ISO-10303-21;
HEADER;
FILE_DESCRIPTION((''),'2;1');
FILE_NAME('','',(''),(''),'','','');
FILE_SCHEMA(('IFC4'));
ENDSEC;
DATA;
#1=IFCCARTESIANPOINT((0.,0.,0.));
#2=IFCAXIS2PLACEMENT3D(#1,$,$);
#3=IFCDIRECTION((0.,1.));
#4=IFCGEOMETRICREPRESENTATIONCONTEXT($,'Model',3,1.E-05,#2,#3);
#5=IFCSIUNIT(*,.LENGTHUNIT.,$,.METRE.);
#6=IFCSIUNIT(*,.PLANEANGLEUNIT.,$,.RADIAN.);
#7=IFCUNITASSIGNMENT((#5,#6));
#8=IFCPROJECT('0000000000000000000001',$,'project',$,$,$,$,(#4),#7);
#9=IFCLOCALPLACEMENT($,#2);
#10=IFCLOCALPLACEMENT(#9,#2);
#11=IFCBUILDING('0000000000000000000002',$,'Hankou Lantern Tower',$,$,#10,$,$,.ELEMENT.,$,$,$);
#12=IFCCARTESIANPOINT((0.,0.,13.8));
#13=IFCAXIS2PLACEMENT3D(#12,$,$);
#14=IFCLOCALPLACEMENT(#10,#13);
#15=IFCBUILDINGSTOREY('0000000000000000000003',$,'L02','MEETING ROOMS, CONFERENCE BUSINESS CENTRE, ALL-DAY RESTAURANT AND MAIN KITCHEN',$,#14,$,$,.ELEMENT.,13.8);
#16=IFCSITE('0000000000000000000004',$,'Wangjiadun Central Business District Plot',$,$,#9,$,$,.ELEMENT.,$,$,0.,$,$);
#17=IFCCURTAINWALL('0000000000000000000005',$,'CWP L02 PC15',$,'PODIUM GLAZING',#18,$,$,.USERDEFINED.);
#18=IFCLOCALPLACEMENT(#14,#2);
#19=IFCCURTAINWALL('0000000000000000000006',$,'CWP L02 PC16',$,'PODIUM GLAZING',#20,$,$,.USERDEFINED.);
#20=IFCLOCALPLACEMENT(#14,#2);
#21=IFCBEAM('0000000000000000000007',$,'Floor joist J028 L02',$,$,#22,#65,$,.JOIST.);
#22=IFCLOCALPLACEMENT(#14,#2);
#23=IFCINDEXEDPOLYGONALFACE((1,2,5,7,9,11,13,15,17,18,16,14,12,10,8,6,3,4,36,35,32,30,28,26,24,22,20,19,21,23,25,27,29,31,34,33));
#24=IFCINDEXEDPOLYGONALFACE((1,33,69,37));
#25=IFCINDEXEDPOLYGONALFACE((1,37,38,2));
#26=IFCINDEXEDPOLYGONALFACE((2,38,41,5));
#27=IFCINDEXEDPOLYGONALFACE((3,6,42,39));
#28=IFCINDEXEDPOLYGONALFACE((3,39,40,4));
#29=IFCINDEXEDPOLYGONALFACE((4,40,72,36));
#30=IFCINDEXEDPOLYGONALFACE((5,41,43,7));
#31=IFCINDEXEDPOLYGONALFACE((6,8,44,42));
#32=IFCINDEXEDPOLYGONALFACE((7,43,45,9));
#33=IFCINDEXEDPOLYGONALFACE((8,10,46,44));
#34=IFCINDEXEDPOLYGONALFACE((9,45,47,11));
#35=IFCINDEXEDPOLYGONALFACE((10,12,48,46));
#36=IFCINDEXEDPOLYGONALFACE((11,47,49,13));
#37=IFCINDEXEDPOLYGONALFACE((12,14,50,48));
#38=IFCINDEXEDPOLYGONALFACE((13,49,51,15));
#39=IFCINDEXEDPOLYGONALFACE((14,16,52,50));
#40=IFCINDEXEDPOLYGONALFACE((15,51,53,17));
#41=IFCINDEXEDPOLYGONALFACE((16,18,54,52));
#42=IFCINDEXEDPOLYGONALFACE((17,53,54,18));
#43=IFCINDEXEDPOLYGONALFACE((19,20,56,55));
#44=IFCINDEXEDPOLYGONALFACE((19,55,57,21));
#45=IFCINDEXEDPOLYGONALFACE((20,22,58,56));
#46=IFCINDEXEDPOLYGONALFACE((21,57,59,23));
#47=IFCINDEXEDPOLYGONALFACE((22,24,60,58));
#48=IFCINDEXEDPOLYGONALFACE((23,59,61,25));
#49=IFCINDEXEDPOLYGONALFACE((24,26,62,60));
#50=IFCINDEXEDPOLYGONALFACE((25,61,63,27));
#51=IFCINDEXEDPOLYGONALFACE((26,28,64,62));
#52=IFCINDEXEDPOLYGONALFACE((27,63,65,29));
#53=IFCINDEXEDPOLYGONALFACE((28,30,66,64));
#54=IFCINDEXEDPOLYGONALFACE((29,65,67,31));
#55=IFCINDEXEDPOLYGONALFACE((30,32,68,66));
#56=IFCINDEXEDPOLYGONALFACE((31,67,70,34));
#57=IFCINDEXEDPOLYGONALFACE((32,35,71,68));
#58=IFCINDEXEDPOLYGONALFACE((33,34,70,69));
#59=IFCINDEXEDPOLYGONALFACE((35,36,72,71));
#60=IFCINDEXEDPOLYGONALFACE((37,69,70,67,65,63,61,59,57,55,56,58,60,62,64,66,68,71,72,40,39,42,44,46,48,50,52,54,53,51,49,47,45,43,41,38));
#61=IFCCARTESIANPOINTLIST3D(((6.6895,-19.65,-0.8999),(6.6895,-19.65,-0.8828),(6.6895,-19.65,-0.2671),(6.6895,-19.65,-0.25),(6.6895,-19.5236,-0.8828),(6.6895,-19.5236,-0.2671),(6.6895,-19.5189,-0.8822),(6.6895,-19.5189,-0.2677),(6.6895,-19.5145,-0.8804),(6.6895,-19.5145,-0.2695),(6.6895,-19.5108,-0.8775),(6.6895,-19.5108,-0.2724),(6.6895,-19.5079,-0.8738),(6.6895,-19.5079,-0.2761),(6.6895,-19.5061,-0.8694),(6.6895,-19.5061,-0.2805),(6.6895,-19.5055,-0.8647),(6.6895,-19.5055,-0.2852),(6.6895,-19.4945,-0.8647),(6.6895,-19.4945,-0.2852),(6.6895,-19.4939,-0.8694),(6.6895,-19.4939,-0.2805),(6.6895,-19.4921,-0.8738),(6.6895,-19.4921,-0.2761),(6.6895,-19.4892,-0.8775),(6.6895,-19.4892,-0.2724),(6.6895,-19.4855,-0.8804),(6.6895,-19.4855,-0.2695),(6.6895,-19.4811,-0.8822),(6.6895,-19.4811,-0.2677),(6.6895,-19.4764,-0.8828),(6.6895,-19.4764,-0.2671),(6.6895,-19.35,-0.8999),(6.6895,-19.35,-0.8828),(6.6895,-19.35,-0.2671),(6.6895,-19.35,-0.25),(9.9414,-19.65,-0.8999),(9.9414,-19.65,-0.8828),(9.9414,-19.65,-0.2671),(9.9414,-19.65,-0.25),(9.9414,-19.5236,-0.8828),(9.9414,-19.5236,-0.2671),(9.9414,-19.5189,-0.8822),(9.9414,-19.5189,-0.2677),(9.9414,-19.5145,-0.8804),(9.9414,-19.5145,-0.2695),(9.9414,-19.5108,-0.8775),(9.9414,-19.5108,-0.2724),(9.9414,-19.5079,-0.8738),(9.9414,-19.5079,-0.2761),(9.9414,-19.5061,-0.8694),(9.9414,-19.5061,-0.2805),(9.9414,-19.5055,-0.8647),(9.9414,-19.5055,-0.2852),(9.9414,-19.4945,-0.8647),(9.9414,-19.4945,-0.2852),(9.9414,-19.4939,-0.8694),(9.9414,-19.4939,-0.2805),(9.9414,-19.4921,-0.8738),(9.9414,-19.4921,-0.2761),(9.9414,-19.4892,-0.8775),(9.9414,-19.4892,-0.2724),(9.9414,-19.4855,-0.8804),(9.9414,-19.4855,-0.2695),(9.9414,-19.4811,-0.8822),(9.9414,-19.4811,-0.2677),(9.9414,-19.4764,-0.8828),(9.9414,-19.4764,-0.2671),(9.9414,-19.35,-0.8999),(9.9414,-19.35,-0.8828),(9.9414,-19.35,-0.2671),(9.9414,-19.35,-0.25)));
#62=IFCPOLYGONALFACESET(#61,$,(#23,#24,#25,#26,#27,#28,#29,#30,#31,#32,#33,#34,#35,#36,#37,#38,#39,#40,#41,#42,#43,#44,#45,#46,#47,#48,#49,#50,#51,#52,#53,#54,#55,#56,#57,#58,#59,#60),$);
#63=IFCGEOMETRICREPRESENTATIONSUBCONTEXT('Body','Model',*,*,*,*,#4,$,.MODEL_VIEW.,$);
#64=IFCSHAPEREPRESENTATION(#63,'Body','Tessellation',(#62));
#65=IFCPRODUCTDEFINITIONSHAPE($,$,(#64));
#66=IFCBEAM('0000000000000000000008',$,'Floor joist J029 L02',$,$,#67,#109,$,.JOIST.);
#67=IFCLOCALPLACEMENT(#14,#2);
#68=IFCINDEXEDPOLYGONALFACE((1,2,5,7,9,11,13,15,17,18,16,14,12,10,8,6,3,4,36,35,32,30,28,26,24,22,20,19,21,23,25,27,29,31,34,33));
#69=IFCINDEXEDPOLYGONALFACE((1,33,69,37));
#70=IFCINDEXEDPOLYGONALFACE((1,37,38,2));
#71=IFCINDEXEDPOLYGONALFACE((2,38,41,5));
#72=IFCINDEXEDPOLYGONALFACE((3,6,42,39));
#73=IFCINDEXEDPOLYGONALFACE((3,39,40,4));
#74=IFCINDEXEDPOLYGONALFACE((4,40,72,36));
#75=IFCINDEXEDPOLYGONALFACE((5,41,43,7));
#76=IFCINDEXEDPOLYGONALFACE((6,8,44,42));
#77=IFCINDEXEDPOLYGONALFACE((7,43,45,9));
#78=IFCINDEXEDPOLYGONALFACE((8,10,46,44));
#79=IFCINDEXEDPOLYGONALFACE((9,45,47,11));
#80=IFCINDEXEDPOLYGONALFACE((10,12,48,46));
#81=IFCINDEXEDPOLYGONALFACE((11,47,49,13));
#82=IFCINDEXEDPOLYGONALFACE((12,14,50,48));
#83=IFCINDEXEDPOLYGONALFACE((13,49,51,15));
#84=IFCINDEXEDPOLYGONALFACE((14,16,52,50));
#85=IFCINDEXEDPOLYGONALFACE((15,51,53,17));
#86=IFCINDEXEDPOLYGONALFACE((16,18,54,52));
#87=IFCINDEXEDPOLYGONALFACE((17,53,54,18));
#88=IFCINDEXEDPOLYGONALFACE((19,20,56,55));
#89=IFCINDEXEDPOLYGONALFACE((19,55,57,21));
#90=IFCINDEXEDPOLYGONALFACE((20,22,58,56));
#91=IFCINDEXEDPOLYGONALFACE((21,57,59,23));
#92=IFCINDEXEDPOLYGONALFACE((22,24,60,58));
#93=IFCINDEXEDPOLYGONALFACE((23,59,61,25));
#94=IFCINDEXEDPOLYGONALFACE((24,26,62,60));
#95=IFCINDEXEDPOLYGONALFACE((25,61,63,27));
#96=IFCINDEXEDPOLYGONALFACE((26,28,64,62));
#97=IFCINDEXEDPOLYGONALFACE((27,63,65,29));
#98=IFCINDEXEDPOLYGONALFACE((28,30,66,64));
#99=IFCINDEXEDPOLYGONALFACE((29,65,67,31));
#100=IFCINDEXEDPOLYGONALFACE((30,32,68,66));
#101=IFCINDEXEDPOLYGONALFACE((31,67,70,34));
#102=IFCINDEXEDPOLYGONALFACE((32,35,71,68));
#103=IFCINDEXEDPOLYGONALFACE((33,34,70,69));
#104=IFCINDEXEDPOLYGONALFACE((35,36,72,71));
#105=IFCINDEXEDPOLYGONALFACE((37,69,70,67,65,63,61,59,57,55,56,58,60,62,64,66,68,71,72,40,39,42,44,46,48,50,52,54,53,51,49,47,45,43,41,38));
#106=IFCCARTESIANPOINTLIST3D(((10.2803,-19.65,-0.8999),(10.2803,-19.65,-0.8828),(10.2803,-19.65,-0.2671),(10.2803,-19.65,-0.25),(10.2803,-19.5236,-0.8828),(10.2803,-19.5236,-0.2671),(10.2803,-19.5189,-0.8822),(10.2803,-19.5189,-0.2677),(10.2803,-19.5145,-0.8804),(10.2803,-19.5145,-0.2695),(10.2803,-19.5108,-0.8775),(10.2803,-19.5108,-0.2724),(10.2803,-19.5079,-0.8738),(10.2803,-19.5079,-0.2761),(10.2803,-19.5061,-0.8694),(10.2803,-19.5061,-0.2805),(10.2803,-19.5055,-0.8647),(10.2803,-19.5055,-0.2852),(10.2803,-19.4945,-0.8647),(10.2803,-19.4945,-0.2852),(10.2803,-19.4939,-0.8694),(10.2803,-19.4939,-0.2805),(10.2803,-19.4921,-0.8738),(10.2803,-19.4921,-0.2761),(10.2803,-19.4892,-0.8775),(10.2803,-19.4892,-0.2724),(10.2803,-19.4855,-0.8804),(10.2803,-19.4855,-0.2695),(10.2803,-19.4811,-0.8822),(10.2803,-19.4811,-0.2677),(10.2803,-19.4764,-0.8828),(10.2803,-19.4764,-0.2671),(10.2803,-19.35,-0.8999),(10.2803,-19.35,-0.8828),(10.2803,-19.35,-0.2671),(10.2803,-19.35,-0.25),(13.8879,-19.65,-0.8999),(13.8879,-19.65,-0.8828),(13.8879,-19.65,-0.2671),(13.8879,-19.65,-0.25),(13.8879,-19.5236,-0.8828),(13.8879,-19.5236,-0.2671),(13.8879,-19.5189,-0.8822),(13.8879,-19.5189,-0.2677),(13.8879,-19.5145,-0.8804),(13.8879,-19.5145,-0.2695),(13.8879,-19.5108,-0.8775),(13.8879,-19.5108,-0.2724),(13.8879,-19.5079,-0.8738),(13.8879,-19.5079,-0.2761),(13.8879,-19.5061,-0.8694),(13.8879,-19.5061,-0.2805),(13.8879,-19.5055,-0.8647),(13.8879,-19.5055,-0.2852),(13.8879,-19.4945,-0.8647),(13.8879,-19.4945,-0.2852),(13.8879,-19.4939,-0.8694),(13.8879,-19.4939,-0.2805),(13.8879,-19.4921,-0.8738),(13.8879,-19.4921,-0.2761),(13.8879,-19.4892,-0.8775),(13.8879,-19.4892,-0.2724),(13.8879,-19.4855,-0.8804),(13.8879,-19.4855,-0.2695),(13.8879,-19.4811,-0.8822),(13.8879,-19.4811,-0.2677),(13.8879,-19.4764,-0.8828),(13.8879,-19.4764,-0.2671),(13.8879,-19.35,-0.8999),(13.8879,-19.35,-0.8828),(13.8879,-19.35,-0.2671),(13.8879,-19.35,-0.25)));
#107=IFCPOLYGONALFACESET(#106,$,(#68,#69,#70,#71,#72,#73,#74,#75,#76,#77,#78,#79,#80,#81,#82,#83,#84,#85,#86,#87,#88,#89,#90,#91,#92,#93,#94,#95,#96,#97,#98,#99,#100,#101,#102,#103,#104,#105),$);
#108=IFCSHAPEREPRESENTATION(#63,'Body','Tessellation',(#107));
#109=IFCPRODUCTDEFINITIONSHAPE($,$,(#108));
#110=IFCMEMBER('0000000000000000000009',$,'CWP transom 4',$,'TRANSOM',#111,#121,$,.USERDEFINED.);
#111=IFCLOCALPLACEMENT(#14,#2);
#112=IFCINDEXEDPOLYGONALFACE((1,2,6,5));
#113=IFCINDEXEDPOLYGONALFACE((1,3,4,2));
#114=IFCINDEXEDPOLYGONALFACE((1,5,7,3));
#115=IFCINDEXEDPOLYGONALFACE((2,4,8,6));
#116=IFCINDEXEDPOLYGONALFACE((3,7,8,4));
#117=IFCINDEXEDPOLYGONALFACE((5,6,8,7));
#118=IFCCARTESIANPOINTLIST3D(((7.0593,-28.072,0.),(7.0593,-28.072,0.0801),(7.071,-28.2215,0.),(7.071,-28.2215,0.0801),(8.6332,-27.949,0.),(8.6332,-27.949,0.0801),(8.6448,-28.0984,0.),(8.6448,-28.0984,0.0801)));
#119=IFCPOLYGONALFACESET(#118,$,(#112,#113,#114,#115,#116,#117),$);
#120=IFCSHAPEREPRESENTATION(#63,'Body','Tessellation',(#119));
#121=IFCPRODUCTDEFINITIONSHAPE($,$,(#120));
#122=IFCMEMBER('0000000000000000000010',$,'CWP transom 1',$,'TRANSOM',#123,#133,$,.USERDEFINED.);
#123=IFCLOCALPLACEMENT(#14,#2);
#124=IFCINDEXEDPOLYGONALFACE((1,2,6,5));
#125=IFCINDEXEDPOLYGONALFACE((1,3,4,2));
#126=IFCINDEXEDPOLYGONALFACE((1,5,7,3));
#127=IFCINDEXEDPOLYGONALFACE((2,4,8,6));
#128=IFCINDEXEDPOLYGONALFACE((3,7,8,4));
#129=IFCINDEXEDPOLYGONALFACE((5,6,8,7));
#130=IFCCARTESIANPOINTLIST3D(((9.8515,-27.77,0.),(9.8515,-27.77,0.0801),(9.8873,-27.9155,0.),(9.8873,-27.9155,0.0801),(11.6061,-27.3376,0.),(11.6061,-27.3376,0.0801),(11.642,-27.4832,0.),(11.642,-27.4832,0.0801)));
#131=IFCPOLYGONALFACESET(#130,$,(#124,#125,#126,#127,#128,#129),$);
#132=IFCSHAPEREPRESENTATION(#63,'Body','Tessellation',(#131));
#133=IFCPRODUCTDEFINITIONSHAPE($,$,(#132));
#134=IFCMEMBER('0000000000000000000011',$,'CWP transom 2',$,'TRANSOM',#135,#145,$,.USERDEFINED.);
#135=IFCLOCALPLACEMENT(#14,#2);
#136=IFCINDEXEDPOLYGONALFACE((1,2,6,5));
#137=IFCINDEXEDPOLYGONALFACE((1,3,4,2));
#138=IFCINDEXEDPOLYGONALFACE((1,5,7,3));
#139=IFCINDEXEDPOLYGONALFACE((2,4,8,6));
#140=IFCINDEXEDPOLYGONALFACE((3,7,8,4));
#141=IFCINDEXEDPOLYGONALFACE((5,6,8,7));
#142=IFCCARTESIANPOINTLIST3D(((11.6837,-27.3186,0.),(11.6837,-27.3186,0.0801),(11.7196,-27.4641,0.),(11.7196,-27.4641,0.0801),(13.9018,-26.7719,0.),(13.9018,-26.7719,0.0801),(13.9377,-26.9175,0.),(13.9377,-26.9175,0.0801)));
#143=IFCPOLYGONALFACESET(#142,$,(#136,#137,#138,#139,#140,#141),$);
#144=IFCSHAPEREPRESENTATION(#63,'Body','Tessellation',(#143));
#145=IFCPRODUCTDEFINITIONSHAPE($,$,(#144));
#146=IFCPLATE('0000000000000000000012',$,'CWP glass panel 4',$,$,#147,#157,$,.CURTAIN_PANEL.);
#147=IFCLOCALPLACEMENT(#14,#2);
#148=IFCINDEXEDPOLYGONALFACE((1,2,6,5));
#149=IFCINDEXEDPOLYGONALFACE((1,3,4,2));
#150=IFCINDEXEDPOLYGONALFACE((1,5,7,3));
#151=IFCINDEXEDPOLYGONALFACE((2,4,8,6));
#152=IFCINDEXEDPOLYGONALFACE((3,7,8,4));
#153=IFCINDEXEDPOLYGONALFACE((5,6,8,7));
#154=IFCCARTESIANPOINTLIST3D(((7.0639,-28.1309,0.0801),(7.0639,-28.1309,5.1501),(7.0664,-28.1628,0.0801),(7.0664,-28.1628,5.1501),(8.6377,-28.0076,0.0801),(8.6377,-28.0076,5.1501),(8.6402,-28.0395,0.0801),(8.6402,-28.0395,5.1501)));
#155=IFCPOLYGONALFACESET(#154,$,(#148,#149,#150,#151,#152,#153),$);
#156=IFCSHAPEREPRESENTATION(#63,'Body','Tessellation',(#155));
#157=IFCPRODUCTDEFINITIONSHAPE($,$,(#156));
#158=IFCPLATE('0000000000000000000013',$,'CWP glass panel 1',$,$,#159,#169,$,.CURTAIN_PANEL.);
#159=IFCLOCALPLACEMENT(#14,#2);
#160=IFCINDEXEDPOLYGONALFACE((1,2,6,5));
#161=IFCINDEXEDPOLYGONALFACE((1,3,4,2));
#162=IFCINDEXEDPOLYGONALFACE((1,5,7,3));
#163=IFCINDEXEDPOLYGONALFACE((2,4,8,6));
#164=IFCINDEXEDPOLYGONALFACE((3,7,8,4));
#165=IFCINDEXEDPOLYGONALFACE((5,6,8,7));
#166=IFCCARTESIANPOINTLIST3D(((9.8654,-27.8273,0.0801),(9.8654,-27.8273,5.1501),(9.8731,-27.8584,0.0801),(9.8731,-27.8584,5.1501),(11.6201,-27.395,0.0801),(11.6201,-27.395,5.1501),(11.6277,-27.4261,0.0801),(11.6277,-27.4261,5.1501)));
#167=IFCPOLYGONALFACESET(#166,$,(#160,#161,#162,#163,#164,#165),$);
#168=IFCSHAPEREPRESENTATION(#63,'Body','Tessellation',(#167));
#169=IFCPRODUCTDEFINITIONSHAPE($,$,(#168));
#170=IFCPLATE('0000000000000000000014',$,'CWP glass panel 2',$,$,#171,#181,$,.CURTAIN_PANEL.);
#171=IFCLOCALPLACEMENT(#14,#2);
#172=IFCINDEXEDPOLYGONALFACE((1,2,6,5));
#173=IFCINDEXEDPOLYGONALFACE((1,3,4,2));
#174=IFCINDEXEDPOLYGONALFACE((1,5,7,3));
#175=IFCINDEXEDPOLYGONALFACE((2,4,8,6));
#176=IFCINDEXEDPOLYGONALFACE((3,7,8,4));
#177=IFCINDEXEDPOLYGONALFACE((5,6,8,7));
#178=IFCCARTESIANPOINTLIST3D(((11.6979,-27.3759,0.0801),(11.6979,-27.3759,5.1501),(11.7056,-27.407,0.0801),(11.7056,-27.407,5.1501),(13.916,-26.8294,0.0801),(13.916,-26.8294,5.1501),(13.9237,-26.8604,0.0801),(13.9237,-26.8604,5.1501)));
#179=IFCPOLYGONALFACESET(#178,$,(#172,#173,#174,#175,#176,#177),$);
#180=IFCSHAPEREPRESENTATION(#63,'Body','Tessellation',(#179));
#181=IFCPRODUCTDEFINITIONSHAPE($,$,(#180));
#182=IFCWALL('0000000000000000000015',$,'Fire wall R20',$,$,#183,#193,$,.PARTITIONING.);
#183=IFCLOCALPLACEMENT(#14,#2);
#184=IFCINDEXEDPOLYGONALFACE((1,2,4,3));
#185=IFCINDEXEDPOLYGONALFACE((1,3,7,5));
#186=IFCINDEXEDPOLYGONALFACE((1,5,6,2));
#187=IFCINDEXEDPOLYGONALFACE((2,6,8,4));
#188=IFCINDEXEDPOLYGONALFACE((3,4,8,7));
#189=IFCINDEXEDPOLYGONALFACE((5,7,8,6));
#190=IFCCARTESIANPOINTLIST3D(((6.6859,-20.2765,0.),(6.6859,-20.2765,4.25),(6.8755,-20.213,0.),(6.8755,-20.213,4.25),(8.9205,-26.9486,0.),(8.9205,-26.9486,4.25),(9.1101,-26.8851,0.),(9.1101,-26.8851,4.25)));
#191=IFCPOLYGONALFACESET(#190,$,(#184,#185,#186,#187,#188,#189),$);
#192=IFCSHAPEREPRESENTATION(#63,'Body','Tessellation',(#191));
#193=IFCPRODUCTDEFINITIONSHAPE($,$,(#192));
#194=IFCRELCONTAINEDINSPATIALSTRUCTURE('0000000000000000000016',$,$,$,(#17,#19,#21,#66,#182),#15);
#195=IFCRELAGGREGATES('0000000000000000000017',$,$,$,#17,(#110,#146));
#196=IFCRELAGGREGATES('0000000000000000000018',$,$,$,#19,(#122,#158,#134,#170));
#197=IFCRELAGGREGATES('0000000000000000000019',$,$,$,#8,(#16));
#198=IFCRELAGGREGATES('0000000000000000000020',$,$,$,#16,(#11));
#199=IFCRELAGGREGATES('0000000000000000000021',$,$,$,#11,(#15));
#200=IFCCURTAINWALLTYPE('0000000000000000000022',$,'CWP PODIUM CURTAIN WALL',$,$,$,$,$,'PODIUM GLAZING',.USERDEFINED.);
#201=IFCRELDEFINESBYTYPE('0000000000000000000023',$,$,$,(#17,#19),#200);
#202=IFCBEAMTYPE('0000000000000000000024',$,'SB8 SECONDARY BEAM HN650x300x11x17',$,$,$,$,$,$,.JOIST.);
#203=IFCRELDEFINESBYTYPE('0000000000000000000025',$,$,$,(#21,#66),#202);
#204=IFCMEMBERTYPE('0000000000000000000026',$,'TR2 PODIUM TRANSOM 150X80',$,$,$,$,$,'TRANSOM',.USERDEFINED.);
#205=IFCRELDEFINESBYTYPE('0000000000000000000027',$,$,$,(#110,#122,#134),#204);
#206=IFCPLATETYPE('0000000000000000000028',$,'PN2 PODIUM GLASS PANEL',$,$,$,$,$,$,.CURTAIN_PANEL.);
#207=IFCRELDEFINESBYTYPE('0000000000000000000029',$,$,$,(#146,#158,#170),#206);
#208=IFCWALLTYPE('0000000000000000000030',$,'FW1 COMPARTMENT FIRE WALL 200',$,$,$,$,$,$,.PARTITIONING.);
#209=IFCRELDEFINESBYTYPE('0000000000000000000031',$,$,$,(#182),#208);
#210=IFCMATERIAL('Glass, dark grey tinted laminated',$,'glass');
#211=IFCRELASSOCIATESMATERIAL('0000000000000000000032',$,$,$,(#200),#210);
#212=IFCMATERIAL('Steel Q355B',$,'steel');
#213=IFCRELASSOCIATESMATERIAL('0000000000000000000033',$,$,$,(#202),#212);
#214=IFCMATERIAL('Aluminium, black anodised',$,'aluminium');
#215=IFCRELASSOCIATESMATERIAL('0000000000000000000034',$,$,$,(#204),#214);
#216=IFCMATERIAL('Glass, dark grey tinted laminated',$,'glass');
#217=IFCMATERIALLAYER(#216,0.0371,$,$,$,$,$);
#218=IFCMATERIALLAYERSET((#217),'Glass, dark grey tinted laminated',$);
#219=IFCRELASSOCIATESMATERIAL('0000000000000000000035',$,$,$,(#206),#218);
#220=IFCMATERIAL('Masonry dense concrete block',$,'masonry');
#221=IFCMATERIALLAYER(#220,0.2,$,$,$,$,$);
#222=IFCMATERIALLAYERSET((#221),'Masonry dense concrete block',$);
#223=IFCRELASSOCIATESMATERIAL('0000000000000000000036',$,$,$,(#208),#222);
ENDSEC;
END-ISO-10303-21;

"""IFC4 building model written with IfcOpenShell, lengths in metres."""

from ifc_helpers import new_model, si_unit, direction, frame, frame_2d, origin, origin_2d, place, context, subcontext, project, spatial, rectangle, i_section, extrude, material, layer, layer_set, material_profile, profile_set, type_object, element, aggregate, save


model = new_model("IFC4")

# Units and contexts
model_context = context("Model", 3, precision=1e-05, world=origin(), true_north=direction((0.0, 1.0)))
body_context = subcontext(model_context, "Body", "Model", "MODEL_VIEW")
ifc_project = project(units=[si_unit("LENGTHUNIT", "METRE"), si_unit("PLANEANGLEUNIT", "RADIAN")], contexts=[model_context])

# Site, building, storey
site_placement = place(None, origin())
site = spatial("IfcSite", under=ifc_project, at=site_placement, Name="Wangjiadun Central Business District Plot", CompositionType="ELEMENT", RefElevation=0.0)
building_placement = place(site_placement, origin())
building = spatial("IfcBuilding", under=site, at=building_placement, Name="Hankou Lantern Tower", CompositionType="ELEMENT")
storey_placement = place(building_placement, frame((0.0, 0.0, 13.8)))
storey = spatial("IfcBuildingStorey", under=building, at=storey_placement, Name="L02", Description="MEETING ROOMS, CONFERENCE BUSINESS CENTRE, ALL-DAY RESTAURANT AND MAIN KITCHEN", CompositionType="ELEMENT", Elevation=13.8)

# Curtain walls
ifc_material_1 = material(Name="Glass, dark grey tinted laminated", Category="glass")
curtain_wall_type = type_object("IfcCurtainWallType", Name="CWP PODIUM CURTAIN WALL", ElementType="PODIUM GLAZING", PredefinedType="USERDEFINED", material=ifc_material_1)
curtain_wall_1_placement = place(storey_placement, origin())
curtain_wall_1 = element("IfcCurtainWall", 1, at=curtain_wall_1_placement, inside=storey, type_object=curtain_wall_type, Name="CWP L02 PC15", ObjectType="PODIUM GLAZING", PredefinedType="USERDEFINED")
curtain_wall_2_placement = place(storey_placement, origin())
curtain_wall_2 = element("IfcCurtainWall", 2, at=curtain_wall_2_placement, inside=storey, type_object=curtain_wall_type, Name="CWP L02 PC16", ObjectType="PODIUM GLAZING", PredefinedType="USERDEFINED")

# Beams
ifc_material_2 = material(Name="Steel Q355B", Category="steel")
ifc_material_profile_1 = material_profile(ifc_material_2, i_section(OverallWidth=0.3, OverallDepth=0.6499, WebThickness=0.011, FlangeThickness=0.0171, FilletRadius=0.0181, at=origin_2d()), Name="HN650x300x11x17")
ifc_profile_set_1 = profile_set([ifc_material_profile_1], Name="Steel Q355B")
beam_type_1 = type_object("IfcBeamType", Name="SB8 SECONDARY BEAM HN650x300x11x17", PredefinedType="JOIST", material=ifc_profile_set_1)
beam_1_placement = place(storey_placement, frame((6.6895, -19.5, -0.575), z_axis=(1.0, 0.0, 0.0), x_axis=(0.0, 1.0, 0.0)))
element("IfcBeam", 3, at=beam_1_placement, inside=storey, type_object=beam_type_1, Name="Floor joist J028 L02", PredefinedType="JOIST", context=body_context, shape_type="SweptSolid", body=[
    extrude(i_section(OverallWidth=0.3, OverallDepth=0.6499, WebThickness=0.011, FlangeThickness=0.0171, FilletRadius=0.0181, at=origin_2d()), origin(), (0.0, 0.0, 1.0), 3.252),
])
beam_2_placement = place(storey_placement, frame((10.2803, -19.5, -0.575), z_axis=(1.0, 0.0, 0.0), x_axis=(0.0, 1.0, 0.0)))
element("IfcBeam", 4, at=beam_2_placement, inside=storey, type_object=beam_type_1, Name="Floor joist J029 L02", PredefinedType="JOIST", context=body_context, shape_type="SweptSolid", body=[
    extrude(i_section(OverallWidth=0.3, OverallDepth=0.6499, WebThickness=0.011, FlangeThickness=0.0171, FilletRadius=0.0181, at=origin_2d()), origin(), (0.0, 0.0, 1.0), 3.6077),
])

# Members
ifc_material_3 = material(Name="Aluminium, black anodised", Category="aluminium")
ifc_material_profile_2 = material_profile(ifc_material_3, rectangle(XDim=0.1499, YDim=0.0801, at=origin_2d()), Name="TR2 150X80")
ifc_profile_set_2 = profile_set([ifc_material_profile_2], Name="Aluminium, black anodised")
member_type_1 = type_object("IfcMemberType", Name="TR2 PODIUM TRANSOM 150X80", ElementType="TRANSOM", PredefinedType="USERDEFINED", material=ifc_profile_set_2)
member_1_placement = place(storey_placement, frame((7.0652, -28.1467, 0.04), z_axis=(0.996957, 0.07795, 0.0), x_axis=(-0.07795, 0.996957, 0.0)))
member_1 = element("IfcMember", 5, at=member_1_placement, type_object=member_type_1, Name="CWP transom 4", ObjectType="TRANSOM", PredefinedType="USERDEFINED", context=body_context, shape_type="SweptSolid", body=[
    extrude(rectangle(XDim=0.1499, YDim=0.0801, at=origin_2d()), origin(), (0.0, 0.0, 1.0), 1.5786),
])
member_2_placement = place(storey_placement, frame((9.8694, -27.8428, 0.04), z_axis=(0.970956, 0.23926, 0.0), x_axis=(-0.23926, 0.970956, 0.0)))
member_2 = element("IfcMember", 6, at=member_2_placement, type_object=member_type_1, Name="CWP transom 1", ObjectType="TRANSOM", PredefinedType="USERDEFINED", context=body_context, shape_type="SweptSolid", body=[
    extrude(rectangle(XDim=0.1499, YDim=0.0801, at=origin_2d()), origin(), (0.0, 0.0, 1.0), 1.8071),
])
member_3_placement = place(storey_placement, frame((11.7017, -27.3914, 0.04), z_axis=(0.970948, 0.23929, 0.0), x_axis=(-0.23929, 0.970948, 0.0)))
member_3 = element("IfcMember", 7, at=member_3_placement, type_object=member_type_1, Name="CWP transom 2", ObjectType="TRANSOM", PredefinedType="USERDEFINED", context=body_context, shape_type="SweptSolid", body=[
    extrude(rectangle(XDim=0.1499, YDim=0.0801, at=origin_2d()), origin(), (0.0, 0.0, 1.0), 2.2844),
])

# Plates
ifc_material_4 = material(Name="Glass, dark grey tinted laminated", Category="glass")
ifc_layer_1 = layer(ifc_material_4, 0.0371)
ifc_layer_set_1 = layer_set([ifc_layer_1], Name="Glass, dark grey tinted laminated")
plate_type = type_object("IfcPlateType", Name="PN2 PODIUM GLASS PANEL", PredefinedType="CURTAIN_PANEL", material=ifc_layer_set_1)
plate_1_placement = place(storey_placement, frame((7.8521, -28.0852, 0.0801), z_axis=(0.0, 0.0, 1.0), x_axis=(0.996949, 0.078062, 0.0)))
plate_1 = element("IfcPlate", 8, at=plate_1_placement, type_object=plate_type, Name="CWP glass panel 4", PredefinedType="CURTAIN_PANEL", context=body_context, shape_type="SweptSolid", body=[
    extrude(rectangle(XDim=1.5786, YDim=0.032, at=origin_2d()), origin(), (0.0, 0.0, 1.0), 5.0701),
])
aggregate(curtain_wall_1, [member_1, plate_1])
plate_2_placement = place(storey_placement, frame((10.7466, -27.6267, 0.0801), z_axis=(0.0, 0.0, 1.0), x_axis=(0.970961, 0.239238, 0.0)))
plate_2 = element("IfcPlate", 9, at=plate_2_placement, type_object=plate_type, Name="CWP glass panel 1", PredefinedType="CURTAIN_PANEL", context=body_context, shape_type="SweptSolid", body=[
    extrude(rectangle(XDim=1.8071, YDim=0.032, at=origin_2d()), origin(), (0.0, 0.0, 1.0), 5.0701),
])
plate_3_placement = place(storey_placement, frame((12.8108, -27.1182, 0.0801), z_axis=(0.0, 0.0, 1.0), x_axis=(0.970961, 0.239238, 0.0)))
plate_3 = element("IfcPlate", 10, at=plate_3_placement, type_object=plate_type, Name="CWP glass panel 2", PredefinedType="CURTAIN_PANEL", context=body_context, shape_type="SweptSolid", body=[
    extrude(rectangle(XDim=2.2844, YDim=0.032, at=origin_2d()), origin(), (0.0, 0.0, 1.0), 5.0701),
])
aggregate(curtain_wall_2, [member_2, plate_2, member_3, plate_3])

# Wall
ifc_material_5 = material(Name="Masonry dense concrete block", Category="masonry")
ifc_layer_2 = layer(ifc_material_5, 0.2)
ifc_layer_set_2 = layer_set([ifc_layer_2], Name="Masonry dense concrete block")
wall_type = type_object("IfcWallType", Name="FW1 COMPARTMENT FIRE WALL 200", PredefinedType="PARTITIONING", material=ifc_layer_set_2)
wall_placement = place(storey_placement, frame((6.7808, -20.2449, 0.0), z_axis=(0.0, 0.0, 1.0), x_axis=(0.317581, -0.948231, 0.0)))
element("IfcWall", 11, at=wall_placement, inside=storey, type_object=wall_type, Name="Fire wall R20", PredefinedType="PARTITIONING", context=body_context, shape_type="SweptSolid", body=[
    extrude(rectangle(XDim=7.0364, YDim=0.2, at=frame_2d((3.5181, 0.0))), origin(), (0.0, 0.0, 1.0), 4.25),
])

save(model, "model.ifc")
